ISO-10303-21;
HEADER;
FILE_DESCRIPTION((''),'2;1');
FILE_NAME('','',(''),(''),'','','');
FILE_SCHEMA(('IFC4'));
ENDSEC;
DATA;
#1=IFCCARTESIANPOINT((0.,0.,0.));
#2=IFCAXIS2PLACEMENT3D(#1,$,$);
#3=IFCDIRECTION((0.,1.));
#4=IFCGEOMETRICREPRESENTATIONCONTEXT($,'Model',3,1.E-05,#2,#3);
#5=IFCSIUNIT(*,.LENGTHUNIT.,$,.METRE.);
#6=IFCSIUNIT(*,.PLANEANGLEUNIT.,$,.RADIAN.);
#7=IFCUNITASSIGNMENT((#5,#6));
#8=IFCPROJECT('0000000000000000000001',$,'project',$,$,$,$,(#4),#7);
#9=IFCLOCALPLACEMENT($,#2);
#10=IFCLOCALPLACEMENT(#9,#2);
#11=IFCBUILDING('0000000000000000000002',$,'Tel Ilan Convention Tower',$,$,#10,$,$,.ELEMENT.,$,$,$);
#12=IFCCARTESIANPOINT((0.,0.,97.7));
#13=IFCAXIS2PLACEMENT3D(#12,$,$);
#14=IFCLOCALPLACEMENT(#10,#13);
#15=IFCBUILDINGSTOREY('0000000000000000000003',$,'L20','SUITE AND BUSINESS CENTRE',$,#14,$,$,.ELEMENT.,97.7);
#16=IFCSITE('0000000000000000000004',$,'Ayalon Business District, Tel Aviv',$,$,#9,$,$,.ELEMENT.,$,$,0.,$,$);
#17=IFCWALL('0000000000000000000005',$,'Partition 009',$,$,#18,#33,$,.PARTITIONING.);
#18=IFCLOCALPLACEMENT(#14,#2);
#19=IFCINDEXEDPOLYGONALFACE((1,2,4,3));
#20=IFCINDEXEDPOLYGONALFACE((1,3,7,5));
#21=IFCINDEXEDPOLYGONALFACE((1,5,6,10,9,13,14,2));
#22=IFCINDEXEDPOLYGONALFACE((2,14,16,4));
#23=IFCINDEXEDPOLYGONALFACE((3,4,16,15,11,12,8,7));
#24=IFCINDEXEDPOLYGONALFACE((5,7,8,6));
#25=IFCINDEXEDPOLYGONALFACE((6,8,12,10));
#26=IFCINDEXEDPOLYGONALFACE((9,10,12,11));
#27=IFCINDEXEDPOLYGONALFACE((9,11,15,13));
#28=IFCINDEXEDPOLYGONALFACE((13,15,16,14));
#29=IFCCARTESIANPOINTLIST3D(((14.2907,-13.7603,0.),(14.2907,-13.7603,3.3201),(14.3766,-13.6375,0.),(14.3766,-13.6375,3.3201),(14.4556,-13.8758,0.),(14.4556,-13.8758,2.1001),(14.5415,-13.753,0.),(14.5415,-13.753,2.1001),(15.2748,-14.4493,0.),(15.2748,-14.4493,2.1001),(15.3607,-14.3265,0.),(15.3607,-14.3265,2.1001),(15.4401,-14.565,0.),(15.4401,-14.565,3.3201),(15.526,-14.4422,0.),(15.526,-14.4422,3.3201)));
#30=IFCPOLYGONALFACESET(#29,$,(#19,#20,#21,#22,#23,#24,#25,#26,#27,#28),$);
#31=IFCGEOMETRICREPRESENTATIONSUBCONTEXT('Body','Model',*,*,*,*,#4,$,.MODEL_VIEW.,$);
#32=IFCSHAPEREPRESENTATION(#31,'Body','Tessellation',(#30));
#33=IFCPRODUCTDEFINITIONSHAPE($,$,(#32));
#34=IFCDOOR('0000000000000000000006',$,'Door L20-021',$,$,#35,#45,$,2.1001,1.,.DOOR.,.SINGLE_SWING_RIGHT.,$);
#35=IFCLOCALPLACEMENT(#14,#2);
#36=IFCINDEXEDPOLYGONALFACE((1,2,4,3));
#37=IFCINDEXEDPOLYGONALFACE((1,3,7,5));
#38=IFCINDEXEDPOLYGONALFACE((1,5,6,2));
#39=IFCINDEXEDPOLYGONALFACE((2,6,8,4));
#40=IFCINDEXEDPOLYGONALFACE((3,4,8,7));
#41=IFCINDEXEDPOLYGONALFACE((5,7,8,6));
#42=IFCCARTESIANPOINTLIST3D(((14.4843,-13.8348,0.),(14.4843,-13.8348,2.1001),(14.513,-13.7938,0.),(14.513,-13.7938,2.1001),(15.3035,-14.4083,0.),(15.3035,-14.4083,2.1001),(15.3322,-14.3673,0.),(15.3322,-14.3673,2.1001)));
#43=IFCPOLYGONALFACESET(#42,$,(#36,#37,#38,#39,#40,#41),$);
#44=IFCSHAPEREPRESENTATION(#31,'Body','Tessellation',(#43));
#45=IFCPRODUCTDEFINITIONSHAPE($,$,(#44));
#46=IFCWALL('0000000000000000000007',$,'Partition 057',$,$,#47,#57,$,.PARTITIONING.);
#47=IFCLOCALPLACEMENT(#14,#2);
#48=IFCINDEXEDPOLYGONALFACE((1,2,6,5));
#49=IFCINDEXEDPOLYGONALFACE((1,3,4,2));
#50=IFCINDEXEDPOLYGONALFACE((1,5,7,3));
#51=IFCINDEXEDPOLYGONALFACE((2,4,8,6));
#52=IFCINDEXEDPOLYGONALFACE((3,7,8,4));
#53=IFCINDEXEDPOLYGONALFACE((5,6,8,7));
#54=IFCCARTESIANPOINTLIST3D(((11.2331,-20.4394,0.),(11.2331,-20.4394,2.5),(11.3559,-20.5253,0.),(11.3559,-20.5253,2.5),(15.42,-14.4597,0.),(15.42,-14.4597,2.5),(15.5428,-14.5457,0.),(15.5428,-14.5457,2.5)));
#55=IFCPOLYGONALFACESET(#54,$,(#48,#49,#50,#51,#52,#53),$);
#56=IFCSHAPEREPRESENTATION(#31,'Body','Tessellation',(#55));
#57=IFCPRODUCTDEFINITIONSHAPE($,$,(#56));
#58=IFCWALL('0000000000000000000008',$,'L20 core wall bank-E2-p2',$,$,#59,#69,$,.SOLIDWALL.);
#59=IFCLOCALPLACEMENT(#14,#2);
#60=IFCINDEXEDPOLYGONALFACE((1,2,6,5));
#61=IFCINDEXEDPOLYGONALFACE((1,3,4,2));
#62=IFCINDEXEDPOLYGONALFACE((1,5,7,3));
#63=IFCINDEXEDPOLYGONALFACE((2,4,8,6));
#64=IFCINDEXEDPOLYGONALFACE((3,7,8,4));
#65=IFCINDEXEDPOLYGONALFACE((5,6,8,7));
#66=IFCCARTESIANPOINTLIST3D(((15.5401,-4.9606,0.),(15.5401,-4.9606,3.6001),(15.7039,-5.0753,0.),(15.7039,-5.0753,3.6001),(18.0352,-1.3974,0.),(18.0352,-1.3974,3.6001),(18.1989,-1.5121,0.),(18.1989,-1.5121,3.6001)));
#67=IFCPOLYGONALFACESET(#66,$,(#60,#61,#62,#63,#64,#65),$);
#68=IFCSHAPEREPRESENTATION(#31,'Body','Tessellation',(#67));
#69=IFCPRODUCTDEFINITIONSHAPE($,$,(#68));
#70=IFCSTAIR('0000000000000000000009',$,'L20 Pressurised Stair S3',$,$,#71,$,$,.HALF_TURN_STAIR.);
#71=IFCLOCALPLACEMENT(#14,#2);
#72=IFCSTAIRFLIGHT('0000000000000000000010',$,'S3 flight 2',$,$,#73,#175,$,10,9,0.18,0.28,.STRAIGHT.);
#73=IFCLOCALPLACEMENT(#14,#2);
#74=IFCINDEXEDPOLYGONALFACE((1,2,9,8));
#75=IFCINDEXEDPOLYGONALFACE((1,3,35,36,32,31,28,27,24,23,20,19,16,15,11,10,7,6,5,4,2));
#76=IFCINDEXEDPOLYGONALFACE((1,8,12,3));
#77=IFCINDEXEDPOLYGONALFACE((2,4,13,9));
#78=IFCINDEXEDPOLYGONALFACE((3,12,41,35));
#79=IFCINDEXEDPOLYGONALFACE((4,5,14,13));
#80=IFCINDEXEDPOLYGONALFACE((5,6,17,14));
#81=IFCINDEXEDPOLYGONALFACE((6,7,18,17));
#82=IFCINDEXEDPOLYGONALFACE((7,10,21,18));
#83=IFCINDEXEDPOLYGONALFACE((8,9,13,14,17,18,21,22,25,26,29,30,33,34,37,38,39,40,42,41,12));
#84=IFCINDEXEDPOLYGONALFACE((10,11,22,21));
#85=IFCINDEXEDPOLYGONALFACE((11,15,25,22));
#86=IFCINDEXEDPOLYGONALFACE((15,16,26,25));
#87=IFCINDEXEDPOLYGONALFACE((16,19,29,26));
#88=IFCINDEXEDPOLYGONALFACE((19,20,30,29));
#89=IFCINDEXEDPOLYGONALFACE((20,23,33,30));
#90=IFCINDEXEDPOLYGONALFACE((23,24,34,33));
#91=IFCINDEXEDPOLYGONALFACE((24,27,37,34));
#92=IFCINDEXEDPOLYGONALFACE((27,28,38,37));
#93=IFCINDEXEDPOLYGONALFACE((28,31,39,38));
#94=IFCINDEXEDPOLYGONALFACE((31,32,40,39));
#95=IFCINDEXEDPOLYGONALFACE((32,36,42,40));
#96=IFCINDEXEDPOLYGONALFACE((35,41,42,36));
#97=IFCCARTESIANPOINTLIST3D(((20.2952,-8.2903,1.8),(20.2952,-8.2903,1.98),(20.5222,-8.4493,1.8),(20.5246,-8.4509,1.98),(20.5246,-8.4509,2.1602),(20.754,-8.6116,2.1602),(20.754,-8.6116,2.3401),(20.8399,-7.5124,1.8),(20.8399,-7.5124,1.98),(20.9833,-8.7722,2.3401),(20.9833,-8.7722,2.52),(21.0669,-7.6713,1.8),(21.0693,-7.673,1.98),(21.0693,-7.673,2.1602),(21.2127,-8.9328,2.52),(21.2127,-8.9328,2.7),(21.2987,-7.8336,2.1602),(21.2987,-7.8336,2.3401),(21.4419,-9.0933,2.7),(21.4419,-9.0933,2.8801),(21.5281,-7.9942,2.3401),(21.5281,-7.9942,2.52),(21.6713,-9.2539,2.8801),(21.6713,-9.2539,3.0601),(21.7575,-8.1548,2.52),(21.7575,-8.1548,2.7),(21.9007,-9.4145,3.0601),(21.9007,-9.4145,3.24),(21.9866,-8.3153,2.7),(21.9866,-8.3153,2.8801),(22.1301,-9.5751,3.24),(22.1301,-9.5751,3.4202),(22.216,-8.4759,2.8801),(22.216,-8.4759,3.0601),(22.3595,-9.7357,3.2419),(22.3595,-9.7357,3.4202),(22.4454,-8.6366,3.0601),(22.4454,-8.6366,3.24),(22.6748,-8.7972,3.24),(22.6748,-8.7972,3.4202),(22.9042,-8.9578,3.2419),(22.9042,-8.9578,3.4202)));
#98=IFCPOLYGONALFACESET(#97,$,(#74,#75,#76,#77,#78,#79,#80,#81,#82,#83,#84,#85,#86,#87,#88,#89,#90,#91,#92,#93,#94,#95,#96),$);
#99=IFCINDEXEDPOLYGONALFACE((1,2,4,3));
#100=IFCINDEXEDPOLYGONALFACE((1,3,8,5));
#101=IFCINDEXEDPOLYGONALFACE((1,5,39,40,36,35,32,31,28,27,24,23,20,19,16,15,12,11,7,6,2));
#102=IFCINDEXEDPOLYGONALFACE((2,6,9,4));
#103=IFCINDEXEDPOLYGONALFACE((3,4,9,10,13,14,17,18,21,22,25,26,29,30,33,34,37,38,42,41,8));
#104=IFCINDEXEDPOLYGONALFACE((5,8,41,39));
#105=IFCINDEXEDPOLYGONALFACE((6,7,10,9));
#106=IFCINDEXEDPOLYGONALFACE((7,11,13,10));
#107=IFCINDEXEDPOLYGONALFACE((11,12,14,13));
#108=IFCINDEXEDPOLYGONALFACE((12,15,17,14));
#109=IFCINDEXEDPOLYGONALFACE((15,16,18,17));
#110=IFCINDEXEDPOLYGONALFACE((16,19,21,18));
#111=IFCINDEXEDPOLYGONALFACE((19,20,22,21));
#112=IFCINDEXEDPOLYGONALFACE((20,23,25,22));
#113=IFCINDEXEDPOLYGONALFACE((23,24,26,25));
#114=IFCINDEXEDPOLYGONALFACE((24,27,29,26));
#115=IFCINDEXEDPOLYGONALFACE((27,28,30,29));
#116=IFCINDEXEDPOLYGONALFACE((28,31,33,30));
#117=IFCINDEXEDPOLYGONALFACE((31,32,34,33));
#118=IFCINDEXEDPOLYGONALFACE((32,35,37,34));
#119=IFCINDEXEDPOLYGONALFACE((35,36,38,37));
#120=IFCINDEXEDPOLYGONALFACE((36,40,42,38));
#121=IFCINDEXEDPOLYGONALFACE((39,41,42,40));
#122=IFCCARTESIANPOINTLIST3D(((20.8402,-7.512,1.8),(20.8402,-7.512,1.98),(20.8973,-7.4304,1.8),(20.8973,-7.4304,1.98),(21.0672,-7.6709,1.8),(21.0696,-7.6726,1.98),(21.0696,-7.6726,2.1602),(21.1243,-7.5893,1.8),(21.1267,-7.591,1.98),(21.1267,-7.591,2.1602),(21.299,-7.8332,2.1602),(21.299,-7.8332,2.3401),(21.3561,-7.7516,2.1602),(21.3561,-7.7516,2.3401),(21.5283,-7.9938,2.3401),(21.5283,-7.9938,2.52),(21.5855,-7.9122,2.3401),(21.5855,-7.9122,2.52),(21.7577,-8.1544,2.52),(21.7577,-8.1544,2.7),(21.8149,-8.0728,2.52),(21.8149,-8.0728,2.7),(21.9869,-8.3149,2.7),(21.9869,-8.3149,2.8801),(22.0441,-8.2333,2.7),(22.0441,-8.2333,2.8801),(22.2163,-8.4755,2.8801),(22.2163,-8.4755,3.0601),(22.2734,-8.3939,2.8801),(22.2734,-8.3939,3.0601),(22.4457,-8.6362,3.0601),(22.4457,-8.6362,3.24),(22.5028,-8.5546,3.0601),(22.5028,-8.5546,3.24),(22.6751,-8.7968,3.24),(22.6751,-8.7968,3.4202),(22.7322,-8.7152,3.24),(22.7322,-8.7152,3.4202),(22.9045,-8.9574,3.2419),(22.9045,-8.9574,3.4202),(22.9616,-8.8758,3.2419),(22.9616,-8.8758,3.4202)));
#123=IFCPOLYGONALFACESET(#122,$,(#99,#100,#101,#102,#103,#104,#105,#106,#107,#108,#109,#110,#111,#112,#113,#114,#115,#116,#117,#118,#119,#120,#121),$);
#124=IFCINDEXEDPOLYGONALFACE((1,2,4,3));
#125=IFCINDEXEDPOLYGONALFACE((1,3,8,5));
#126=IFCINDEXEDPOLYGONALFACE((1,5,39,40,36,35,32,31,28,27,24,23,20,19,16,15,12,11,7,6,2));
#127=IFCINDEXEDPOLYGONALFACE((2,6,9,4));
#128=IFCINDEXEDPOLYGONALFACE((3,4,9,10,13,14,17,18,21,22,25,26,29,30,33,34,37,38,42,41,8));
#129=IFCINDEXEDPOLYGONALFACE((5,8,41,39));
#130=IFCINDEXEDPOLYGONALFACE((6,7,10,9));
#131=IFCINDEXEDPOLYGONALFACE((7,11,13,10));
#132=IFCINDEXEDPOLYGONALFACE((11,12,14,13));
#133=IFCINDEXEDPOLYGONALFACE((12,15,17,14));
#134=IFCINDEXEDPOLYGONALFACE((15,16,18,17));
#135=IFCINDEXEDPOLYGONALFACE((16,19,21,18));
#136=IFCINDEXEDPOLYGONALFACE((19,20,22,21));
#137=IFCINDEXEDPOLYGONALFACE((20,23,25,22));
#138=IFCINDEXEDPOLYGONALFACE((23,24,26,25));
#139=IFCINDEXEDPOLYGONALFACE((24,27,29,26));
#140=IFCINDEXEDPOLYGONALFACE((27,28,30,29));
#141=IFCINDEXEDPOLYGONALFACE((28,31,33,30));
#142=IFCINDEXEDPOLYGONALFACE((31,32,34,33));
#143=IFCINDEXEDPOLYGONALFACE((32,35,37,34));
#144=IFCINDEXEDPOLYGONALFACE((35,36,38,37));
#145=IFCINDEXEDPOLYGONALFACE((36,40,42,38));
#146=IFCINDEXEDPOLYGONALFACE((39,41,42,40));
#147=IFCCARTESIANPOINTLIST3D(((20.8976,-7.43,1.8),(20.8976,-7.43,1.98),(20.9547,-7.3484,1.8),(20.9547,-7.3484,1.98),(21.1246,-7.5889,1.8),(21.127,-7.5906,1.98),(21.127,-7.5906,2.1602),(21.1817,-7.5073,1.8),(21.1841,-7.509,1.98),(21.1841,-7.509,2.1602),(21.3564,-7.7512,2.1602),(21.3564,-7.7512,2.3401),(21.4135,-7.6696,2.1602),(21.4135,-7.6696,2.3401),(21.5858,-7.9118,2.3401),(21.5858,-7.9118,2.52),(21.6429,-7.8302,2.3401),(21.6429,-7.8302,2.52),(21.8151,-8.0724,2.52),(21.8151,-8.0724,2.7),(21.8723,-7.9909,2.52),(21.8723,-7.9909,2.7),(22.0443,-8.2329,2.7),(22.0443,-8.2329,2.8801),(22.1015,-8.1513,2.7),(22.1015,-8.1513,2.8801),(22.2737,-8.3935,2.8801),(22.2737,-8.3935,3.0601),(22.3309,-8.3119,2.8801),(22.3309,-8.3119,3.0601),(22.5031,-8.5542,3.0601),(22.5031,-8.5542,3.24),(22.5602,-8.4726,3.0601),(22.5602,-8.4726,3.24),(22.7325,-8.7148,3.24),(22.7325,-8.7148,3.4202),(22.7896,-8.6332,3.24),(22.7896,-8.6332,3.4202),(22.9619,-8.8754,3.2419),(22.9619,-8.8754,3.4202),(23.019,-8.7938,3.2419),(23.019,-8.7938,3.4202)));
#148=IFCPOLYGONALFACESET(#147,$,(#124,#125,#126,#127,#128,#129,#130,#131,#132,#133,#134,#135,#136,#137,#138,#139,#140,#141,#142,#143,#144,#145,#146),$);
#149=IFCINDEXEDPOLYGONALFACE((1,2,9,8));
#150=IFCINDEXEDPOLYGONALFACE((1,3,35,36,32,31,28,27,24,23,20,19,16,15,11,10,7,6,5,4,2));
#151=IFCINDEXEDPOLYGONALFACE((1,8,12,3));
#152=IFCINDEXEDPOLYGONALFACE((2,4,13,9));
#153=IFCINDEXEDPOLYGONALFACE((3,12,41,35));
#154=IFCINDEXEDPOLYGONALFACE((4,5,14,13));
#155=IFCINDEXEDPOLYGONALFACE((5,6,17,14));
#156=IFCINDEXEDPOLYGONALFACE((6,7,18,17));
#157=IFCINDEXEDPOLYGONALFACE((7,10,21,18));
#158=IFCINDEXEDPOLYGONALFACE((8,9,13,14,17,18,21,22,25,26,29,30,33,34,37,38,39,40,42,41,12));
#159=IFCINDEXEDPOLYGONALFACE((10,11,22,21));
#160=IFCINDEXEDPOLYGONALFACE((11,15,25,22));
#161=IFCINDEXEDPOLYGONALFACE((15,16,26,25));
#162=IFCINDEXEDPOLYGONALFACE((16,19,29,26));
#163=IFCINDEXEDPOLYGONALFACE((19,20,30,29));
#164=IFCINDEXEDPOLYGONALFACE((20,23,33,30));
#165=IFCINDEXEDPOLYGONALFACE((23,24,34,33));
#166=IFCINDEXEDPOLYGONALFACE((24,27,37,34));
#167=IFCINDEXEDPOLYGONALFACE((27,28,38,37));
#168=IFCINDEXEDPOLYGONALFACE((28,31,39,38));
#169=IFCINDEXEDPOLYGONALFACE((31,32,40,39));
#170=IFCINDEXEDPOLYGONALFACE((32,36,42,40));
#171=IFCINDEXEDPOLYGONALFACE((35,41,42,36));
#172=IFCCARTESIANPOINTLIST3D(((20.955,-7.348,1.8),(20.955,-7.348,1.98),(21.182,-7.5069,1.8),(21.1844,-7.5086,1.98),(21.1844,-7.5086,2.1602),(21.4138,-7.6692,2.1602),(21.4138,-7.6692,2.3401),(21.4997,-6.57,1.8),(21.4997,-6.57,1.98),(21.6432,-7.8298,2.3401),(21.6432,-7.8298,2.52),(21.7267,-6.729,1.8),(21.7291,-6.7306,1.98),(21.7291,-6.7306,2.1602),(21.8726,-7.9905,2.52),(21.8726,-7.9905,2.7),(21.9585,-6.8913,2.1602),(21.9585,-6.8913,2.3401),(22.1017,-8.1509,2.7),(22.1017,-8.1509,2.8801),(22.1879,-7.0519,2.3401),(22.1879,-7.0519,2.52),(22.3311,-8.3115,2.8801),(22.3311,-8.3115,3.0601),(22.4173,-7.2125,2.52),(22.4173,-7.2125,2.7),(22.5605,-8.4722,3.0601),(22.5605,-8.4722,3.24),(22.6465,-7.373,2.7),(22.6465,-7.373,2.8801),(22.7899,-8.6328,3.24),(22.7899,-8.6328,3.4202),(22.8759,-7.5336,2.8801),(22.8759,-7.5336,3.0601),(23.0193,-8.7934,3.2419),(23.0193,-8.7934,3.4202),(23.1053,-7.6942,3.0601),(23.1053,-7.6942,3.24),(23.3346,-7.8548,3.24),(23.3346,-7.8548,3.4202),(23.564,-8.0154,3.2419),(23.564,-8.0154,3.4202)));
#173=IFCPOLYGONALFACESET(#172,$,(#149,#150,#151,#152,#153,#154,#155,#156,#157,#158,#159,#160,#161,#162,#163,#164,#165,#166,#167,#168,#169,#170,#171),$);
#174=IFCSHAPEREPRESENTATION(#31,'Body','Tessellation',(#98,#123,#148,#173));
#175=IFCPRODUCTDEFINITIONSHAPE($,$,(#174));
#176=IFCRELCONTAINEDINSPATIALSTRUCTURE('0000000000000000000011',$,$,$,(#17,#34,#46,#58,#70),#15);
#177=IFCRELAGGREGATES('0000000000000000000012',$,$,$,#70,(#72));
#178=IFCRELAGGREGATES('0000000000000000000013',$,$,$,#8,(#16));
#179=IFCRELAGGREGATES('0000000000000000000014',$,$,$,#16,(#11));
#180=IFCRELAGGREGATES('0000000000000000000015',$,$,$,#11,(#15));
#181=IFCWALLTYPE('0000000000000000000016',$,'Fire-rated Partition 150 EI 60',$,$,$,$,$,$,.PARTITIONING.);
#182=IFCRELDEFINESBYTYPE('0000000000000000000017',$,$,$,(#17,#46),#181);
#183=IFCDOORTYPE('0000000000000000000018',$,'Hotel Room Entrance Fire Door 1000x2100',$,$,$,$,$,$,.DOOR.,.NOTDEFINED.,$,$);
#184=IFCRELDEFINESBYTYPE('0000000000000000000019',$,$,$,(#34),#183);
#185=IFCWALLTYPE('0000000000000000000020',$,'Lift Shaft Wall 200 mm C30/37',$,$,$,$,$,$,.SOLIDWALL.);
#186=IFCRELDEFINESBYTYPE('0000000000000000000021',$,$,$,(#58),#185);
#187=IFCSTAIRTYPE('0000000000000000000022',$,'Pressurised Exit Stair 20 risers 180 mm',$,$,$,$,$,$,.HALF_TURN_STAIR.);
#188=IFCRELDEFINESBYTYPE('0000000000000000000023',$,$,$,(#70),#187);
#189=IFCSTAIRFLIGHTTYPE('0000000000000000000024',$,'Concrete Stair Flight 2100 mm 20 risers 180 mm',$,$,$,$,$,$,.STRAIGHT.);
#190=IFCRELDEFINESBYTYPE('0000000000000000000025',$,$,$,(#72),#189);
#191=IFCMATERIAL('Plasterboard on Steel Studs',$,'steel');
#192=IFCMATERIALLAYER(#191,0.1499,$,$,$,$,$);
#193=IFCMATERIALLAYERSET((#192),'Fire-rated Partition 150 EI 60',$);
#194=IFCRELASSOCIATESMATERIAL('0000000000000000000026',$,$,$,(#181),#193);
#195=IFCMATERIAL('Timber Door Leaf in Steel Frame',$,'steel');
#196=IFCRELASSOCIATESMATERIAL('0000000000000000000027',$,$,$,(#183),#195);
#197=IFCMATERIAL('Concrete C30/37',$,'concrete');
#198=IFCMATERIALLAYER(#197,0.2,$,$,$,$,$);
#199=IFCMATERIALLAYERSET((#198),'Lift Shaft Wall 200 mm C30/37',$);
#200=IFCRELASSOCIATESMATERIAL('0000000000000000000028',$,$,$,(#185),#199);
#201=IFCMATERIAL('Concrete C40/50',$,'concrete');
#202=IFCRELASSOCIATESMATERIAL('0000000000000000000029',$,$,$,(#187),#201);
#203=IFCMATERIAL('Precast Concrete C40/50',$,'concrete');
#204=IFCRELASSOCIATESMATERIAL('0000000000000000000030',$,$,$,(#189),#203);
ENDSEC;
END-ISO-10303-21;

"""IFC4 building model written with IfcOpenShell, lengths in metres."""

from ifc_helpers import new_model, si_unit, direction, frame, frame_2d, origin, place, context, subcontext, project, spatial, polyline, rectangle, outline, extrude, material, layer, layer_set, type_object, element, fill, aggregate, save


model = new_model("IFC4")

# Units and contexts
model_context = context("Model", 3, precision=1e-05, world=origin(), true_north=direction((0.0, 1.0)))
body_context = subcontext(model_context, "Body", "Model", "MODEL_VIEW")
ifc_project = project(units=[si_unit("LENGTHUNIT", "METRE"), si_unit("PLANEANGLEUNIT", "RADIAN")], contexts=[model_context])

# Site, building, storey
site_placement = place(None, origin())
site = spatial("IfcSite", under=ifc_project, at=site_placement, Name="Ayalon Business District, Tel Aviv", CompositionType="ELEMENT", RefElevation=0.0)
building_placement = place(site_placement, origin())
building = spatial("IfcBuilding", under=site, at=building_placement, Name="Tel Ilan Convention Tower", CompositionType="ELEMENT")
storey_placement = place(building_placement, frame((0.0, 0.0, 97.7)))
storey = spatial("IfcBuildingStorey", under=building, at=storey_placement, Name="L20", Description="SUITE AND BUSINESS CENTRE", CompositionType="ELEMENT", Elevation=97.7)

# Wall, opening, door
ifc_material_1 = material(Name="Plasterboard on Steel Studs", Category="steel")
ifc_layer_1 = layer(ifc_material_1, 0.1499)
ifc_layer_set_1 = layer_set([ifc_layer_1], Name="Fire-rated Partition 150 EI 60")
wall_type_1 = type_object("IfcWallType", Name="Fire-rated Partition 150 EI 60", PredefinedType="PARTITIONING", material=ifc_layer_set_1)
wall_1_placement = place(storey_placement, frame((15.4832, -14.5037, 0.0), z_axis=(0.0, 0.0, 1.0), x_axis=(-0.819199, 0.573509, 0.0)))
wall_1 = element("IfcWall", 1, at=wall_1_placement, inside=storey, type_object=wall_type_1, Name="Partition 009", PredefinedType="PARTITIONING", context=body_context, shape_type="SweptSolid", body=[
    extrude(rectangle(XDim=1.4031, YDim=0.1499, at=frame_2d((0.7017, 0.0))), origin(), (0.0, 0.0, 1.0), 3.3201),
])
opening_1_placement = place(wall_1_placement, frame((0.2019, 0.0, 0.0)))
opening_1 = element("IfcOpeningElement", 2, at=opening_1_placement, cuts=wall_1, PredefinedType="OPENING", context=body_context, shape_type="SweptSolid", body=[
    extrude(rectangle(XDim=1.0, YDim=2.1001, at=frame_2d((0.5, 1.05))), frame((0.0, 0.085, 0.0), z_axis=(0.0, -1.0, 0.0), x_axis=(1.0, 0.0, 0.0)), (0.0, 0.0, 1.0), 0.1699),
])
ifc_material_2 = material(Name="Timber Door Leaf in Steel Frame", Category="steel")
door_type_1 = type_object("IfcDoorType", Name="Hotel Room Entrance Fire Door 1000x2100", OperationType="NOTDEFINED", PredefinedType="DOOR", material=ifc_material_2)
door_1_placement = place(opening_1_placement, origin())
door_1 = element("IfcDoor", 3, at=door_1_placement, inside=storey, type_object=door_type_1, Name="Door L20-021", OperationType="SINGLE_SWING_RIGHT", OverallHeight=2.1001, OverallWidth=1.0, PredefinedType="DOOR", context=body_context, shape_type="SweptSolid", body=[
    extrude(rectangle(XDim=1.0, YDim=2.1001, at=frame_2d((0.5, 1.05))), frame((0.0, 0.0249, 0.0), z_axis=(0.0, -1.0, 0.0), x_axis=(1.0, 0.0, 0.0)), (0.0, 0.0, 1.0), 0.05),
])
fill(opening_1, door_1)

# Walls
wall_2_placement = place(storey_placement, frame((15.4814, -14.5027, 0.0), z_axis=(0.0, 0.0, 1.0), x_axis=(-0.573572, -0.819155, 0.0)))
element("IfcWall", 4, at=wall_2_placement, inside=storey, type_object=wall_type_1, Name="Partition 057", PredefinedType="PARTITIONING", context=body_context, shape_type="SweptSolid", body=[
    extrude(rectangle(XDim=7.2998, YDim=0.1499, at=frame_2d((3.6499, 0.0))), origin(), (0.0, 0.0, 1.0), 2.5),
])
ifc_material_3 = material(Name="Concrete C30/37", Category="concrete")
ifc_layer_2 = layer(ifc_material_3, 0.2)
ifc_layer_set_2 = layer_set([ifc_layer_2], Name="Lift Shaft Wall 200 mm C30/37")
wall_type_2 = type_object("IfcWallType", Name="Lift Shaft Wall 200 mm C30/37", PredefinedType="SOLIDWALL", material=ifc_layer_set_2)
wall_3_placement = place(storey_placement, frame((15.6221, -5.0178, 0.0), z_axis=(0.0, 0.0, 1.0), x_axis=(0.573594, 0.81914, 0.0)))
element("IfcWall", 5, at=wall_3_placement, inside=storey, type_object=wall_type_2, Name="L20 core wall bank-E2-p2", PredefinedType="SOLIDWALL", context=body_context, shape_type="SweptSolid", body=[
    extrude(rectangle(XDim=4.3499, YDim=0.2, at=frame_2d((2.1748, 0.0))), origin(), (0.0, 0.0, 1.0), 3.6001),
])

# Stair, stair flight
ifc_material_4 = material(Name="Concrete C40/50", Category="concrete")
stair_type = type_object("IfcStairType", Name="Pressurised Exit Stair 20 risers 180 mm", PredefinedType="HALF_TURN_STAIR", material=ifc_material_4)
stair_1_placement = place(storey_placement, origin())
stair_1 = element("IfcStair", 6, at=stair_1_placement, inside=storey, type_object=stair_type, Name="L20 Pressurised Stair S3", PredefinedType="HALF_TURN_STAIR")
ifc_material_5 = material(Name="Precast Concrete C40/50", Category="concrete")
stair_flight_type = type_object("IfcStairFlightType", Name="Concrete Stair Flight 2100 mm 20 risers 180 mm", PredefinedType="STRAIGHT", material=ifc_material_5)
stair_flight_1_placement = place(storey_placement, frame((20.8975, -7.4302, 1.8), z_axis=(0.0, 0.0, 1.0), x_axis=(0.819152, -0.573576, 0.0)))
stair_flight_1 = element("IfcStairFlight", 7, at=stair_flight_1_placement, type_object=stair_flight_type, Name="S3 flight 2", NumberOfRisers=10, NumberOfTreads=9, PredefinedType="STRAIGHT", RiserHeight=0.18, TreadLength=0.28, context=body_context, shape_type="SweptSolid", body=[
    extrude(outline(polyline([(0.0, 0.0), (0.0, 0.1799), (0.28, 0.1799), (0.28, 0.3601), (0.5601, 0.3601), (0.5601, 0.54), (0.8401, 0.54), (0.8401, 0.72), (1.1201, 0.72), (1.1201, 0.8999), (1.3999, 0.8999), (1.3999, 1.0801), (1.6799, 1.0801), (1.6799, 1.26), (1.96, 1.26), (1.96, 1.4399), (2.24, 1.4399), (2.24, 1.6201), (2.52, 1.6201), (2.52, 1.8), (2.52, 1.4419), (0.2771, 0.0), (0.0, 0.0)])), frame((0.0, -0.1003, 0.0), z_axis=(0.0, -1.0, 0.0), x_axis=(1.0, 0.0, 0.0)), (0.0, 0.0, 1.0), 0.9497),
    extrude(outline(polyline([(0.0, 0.0), (0.0, 0.1799), (0.28, 0.1799), (0.28, 0.3601), (0.5601, 0.3601), (0.5601, 0.54), (0.8401, 0.54), (0.8401, 0.72), (1.1201, 0.72), (1.1201, 0.8999), (1.3999, 0.8999), (1.3999, 1.0801), (1.6799, 1.0801), (1.6799, 1.26), (1.96, 1.26), (1.96, 1.4399), (2.24, 1.4399), (2.24, 1.6201), (2.52, 1.6201), (2.52, 1.8), (2.52, 1.4419), (0.2771, 0.0), (0.0, 0.0)])), frame((0.0, -0.0002, 0.0), z_axis=(0.0, -1.0, 0.0), x_axis=(1.0, 0.0, 0.0)), (0.0, 0.0, 1.0), 0.0996),
    extrude(outline(polyline([(0.0, 0.0), (0.0, 0.1799), (0.28, 0.1799), (0.28, 0.3601), (0.5601, 0.3601), (0.5601, 0.54), (0.8401, 0.54), (0.8401, 0.72), (1.1201, 0.72), (1.1201, 0.8999), (1.3999, 0.8999), (1.3999, 1.0801), (1.6799, 1.0801), (1.6799, 1.26), (1.96, 1.26), (1.96, 1.4399), (2.24, 1.4399), (2.24, 1.6201), (2.52, 1.6201), (2.52, 1.8), (2.52, 1.4419), (0.2771, 0.0), (0.0, 0.0)])), frame((0.0, 0.0999, 0.0), z_axis=(0.0, -1.0, 0.0), x_axis=(1.0, 0.0, 0.0)), (0.0, 0.0, 1.0), 0.0996),
    extrude(outline(polyline([(0.0, 0.0), (0.0, 0.1799), (0.28, 0.1799), (0.28, 0.3601), (0.5601, 0.3601), (0.5601, 0.54), (0.8401, 0.54), (0.8401, 0.72), (1.1201, 0.72), (1.1201, 0.8999), (1.3999, 0.8999), (1.3999, 1.0801), (1.6799, 1.0801), (1.6799, 1.26), (1.96, 1.26), (1.96, 1.4399), (2.24, 1.4399), (2.24, 1.6201), (2.52, 1.6201), (2.52, 1.8), (2.52, 1.4419), (0.2771, 0.0), (0.0, 0.0)])), frame((0.0, 1.05, 0.0), z_axis=(0.0, -1.0, 0.0), x_axis=(1.0, 0.0, 0.0)), (0.0, 0.0, 1.0), 0.9497),
])
aggregate(stair_1, [stair_flight_1])

save(model, "model.ifc")
